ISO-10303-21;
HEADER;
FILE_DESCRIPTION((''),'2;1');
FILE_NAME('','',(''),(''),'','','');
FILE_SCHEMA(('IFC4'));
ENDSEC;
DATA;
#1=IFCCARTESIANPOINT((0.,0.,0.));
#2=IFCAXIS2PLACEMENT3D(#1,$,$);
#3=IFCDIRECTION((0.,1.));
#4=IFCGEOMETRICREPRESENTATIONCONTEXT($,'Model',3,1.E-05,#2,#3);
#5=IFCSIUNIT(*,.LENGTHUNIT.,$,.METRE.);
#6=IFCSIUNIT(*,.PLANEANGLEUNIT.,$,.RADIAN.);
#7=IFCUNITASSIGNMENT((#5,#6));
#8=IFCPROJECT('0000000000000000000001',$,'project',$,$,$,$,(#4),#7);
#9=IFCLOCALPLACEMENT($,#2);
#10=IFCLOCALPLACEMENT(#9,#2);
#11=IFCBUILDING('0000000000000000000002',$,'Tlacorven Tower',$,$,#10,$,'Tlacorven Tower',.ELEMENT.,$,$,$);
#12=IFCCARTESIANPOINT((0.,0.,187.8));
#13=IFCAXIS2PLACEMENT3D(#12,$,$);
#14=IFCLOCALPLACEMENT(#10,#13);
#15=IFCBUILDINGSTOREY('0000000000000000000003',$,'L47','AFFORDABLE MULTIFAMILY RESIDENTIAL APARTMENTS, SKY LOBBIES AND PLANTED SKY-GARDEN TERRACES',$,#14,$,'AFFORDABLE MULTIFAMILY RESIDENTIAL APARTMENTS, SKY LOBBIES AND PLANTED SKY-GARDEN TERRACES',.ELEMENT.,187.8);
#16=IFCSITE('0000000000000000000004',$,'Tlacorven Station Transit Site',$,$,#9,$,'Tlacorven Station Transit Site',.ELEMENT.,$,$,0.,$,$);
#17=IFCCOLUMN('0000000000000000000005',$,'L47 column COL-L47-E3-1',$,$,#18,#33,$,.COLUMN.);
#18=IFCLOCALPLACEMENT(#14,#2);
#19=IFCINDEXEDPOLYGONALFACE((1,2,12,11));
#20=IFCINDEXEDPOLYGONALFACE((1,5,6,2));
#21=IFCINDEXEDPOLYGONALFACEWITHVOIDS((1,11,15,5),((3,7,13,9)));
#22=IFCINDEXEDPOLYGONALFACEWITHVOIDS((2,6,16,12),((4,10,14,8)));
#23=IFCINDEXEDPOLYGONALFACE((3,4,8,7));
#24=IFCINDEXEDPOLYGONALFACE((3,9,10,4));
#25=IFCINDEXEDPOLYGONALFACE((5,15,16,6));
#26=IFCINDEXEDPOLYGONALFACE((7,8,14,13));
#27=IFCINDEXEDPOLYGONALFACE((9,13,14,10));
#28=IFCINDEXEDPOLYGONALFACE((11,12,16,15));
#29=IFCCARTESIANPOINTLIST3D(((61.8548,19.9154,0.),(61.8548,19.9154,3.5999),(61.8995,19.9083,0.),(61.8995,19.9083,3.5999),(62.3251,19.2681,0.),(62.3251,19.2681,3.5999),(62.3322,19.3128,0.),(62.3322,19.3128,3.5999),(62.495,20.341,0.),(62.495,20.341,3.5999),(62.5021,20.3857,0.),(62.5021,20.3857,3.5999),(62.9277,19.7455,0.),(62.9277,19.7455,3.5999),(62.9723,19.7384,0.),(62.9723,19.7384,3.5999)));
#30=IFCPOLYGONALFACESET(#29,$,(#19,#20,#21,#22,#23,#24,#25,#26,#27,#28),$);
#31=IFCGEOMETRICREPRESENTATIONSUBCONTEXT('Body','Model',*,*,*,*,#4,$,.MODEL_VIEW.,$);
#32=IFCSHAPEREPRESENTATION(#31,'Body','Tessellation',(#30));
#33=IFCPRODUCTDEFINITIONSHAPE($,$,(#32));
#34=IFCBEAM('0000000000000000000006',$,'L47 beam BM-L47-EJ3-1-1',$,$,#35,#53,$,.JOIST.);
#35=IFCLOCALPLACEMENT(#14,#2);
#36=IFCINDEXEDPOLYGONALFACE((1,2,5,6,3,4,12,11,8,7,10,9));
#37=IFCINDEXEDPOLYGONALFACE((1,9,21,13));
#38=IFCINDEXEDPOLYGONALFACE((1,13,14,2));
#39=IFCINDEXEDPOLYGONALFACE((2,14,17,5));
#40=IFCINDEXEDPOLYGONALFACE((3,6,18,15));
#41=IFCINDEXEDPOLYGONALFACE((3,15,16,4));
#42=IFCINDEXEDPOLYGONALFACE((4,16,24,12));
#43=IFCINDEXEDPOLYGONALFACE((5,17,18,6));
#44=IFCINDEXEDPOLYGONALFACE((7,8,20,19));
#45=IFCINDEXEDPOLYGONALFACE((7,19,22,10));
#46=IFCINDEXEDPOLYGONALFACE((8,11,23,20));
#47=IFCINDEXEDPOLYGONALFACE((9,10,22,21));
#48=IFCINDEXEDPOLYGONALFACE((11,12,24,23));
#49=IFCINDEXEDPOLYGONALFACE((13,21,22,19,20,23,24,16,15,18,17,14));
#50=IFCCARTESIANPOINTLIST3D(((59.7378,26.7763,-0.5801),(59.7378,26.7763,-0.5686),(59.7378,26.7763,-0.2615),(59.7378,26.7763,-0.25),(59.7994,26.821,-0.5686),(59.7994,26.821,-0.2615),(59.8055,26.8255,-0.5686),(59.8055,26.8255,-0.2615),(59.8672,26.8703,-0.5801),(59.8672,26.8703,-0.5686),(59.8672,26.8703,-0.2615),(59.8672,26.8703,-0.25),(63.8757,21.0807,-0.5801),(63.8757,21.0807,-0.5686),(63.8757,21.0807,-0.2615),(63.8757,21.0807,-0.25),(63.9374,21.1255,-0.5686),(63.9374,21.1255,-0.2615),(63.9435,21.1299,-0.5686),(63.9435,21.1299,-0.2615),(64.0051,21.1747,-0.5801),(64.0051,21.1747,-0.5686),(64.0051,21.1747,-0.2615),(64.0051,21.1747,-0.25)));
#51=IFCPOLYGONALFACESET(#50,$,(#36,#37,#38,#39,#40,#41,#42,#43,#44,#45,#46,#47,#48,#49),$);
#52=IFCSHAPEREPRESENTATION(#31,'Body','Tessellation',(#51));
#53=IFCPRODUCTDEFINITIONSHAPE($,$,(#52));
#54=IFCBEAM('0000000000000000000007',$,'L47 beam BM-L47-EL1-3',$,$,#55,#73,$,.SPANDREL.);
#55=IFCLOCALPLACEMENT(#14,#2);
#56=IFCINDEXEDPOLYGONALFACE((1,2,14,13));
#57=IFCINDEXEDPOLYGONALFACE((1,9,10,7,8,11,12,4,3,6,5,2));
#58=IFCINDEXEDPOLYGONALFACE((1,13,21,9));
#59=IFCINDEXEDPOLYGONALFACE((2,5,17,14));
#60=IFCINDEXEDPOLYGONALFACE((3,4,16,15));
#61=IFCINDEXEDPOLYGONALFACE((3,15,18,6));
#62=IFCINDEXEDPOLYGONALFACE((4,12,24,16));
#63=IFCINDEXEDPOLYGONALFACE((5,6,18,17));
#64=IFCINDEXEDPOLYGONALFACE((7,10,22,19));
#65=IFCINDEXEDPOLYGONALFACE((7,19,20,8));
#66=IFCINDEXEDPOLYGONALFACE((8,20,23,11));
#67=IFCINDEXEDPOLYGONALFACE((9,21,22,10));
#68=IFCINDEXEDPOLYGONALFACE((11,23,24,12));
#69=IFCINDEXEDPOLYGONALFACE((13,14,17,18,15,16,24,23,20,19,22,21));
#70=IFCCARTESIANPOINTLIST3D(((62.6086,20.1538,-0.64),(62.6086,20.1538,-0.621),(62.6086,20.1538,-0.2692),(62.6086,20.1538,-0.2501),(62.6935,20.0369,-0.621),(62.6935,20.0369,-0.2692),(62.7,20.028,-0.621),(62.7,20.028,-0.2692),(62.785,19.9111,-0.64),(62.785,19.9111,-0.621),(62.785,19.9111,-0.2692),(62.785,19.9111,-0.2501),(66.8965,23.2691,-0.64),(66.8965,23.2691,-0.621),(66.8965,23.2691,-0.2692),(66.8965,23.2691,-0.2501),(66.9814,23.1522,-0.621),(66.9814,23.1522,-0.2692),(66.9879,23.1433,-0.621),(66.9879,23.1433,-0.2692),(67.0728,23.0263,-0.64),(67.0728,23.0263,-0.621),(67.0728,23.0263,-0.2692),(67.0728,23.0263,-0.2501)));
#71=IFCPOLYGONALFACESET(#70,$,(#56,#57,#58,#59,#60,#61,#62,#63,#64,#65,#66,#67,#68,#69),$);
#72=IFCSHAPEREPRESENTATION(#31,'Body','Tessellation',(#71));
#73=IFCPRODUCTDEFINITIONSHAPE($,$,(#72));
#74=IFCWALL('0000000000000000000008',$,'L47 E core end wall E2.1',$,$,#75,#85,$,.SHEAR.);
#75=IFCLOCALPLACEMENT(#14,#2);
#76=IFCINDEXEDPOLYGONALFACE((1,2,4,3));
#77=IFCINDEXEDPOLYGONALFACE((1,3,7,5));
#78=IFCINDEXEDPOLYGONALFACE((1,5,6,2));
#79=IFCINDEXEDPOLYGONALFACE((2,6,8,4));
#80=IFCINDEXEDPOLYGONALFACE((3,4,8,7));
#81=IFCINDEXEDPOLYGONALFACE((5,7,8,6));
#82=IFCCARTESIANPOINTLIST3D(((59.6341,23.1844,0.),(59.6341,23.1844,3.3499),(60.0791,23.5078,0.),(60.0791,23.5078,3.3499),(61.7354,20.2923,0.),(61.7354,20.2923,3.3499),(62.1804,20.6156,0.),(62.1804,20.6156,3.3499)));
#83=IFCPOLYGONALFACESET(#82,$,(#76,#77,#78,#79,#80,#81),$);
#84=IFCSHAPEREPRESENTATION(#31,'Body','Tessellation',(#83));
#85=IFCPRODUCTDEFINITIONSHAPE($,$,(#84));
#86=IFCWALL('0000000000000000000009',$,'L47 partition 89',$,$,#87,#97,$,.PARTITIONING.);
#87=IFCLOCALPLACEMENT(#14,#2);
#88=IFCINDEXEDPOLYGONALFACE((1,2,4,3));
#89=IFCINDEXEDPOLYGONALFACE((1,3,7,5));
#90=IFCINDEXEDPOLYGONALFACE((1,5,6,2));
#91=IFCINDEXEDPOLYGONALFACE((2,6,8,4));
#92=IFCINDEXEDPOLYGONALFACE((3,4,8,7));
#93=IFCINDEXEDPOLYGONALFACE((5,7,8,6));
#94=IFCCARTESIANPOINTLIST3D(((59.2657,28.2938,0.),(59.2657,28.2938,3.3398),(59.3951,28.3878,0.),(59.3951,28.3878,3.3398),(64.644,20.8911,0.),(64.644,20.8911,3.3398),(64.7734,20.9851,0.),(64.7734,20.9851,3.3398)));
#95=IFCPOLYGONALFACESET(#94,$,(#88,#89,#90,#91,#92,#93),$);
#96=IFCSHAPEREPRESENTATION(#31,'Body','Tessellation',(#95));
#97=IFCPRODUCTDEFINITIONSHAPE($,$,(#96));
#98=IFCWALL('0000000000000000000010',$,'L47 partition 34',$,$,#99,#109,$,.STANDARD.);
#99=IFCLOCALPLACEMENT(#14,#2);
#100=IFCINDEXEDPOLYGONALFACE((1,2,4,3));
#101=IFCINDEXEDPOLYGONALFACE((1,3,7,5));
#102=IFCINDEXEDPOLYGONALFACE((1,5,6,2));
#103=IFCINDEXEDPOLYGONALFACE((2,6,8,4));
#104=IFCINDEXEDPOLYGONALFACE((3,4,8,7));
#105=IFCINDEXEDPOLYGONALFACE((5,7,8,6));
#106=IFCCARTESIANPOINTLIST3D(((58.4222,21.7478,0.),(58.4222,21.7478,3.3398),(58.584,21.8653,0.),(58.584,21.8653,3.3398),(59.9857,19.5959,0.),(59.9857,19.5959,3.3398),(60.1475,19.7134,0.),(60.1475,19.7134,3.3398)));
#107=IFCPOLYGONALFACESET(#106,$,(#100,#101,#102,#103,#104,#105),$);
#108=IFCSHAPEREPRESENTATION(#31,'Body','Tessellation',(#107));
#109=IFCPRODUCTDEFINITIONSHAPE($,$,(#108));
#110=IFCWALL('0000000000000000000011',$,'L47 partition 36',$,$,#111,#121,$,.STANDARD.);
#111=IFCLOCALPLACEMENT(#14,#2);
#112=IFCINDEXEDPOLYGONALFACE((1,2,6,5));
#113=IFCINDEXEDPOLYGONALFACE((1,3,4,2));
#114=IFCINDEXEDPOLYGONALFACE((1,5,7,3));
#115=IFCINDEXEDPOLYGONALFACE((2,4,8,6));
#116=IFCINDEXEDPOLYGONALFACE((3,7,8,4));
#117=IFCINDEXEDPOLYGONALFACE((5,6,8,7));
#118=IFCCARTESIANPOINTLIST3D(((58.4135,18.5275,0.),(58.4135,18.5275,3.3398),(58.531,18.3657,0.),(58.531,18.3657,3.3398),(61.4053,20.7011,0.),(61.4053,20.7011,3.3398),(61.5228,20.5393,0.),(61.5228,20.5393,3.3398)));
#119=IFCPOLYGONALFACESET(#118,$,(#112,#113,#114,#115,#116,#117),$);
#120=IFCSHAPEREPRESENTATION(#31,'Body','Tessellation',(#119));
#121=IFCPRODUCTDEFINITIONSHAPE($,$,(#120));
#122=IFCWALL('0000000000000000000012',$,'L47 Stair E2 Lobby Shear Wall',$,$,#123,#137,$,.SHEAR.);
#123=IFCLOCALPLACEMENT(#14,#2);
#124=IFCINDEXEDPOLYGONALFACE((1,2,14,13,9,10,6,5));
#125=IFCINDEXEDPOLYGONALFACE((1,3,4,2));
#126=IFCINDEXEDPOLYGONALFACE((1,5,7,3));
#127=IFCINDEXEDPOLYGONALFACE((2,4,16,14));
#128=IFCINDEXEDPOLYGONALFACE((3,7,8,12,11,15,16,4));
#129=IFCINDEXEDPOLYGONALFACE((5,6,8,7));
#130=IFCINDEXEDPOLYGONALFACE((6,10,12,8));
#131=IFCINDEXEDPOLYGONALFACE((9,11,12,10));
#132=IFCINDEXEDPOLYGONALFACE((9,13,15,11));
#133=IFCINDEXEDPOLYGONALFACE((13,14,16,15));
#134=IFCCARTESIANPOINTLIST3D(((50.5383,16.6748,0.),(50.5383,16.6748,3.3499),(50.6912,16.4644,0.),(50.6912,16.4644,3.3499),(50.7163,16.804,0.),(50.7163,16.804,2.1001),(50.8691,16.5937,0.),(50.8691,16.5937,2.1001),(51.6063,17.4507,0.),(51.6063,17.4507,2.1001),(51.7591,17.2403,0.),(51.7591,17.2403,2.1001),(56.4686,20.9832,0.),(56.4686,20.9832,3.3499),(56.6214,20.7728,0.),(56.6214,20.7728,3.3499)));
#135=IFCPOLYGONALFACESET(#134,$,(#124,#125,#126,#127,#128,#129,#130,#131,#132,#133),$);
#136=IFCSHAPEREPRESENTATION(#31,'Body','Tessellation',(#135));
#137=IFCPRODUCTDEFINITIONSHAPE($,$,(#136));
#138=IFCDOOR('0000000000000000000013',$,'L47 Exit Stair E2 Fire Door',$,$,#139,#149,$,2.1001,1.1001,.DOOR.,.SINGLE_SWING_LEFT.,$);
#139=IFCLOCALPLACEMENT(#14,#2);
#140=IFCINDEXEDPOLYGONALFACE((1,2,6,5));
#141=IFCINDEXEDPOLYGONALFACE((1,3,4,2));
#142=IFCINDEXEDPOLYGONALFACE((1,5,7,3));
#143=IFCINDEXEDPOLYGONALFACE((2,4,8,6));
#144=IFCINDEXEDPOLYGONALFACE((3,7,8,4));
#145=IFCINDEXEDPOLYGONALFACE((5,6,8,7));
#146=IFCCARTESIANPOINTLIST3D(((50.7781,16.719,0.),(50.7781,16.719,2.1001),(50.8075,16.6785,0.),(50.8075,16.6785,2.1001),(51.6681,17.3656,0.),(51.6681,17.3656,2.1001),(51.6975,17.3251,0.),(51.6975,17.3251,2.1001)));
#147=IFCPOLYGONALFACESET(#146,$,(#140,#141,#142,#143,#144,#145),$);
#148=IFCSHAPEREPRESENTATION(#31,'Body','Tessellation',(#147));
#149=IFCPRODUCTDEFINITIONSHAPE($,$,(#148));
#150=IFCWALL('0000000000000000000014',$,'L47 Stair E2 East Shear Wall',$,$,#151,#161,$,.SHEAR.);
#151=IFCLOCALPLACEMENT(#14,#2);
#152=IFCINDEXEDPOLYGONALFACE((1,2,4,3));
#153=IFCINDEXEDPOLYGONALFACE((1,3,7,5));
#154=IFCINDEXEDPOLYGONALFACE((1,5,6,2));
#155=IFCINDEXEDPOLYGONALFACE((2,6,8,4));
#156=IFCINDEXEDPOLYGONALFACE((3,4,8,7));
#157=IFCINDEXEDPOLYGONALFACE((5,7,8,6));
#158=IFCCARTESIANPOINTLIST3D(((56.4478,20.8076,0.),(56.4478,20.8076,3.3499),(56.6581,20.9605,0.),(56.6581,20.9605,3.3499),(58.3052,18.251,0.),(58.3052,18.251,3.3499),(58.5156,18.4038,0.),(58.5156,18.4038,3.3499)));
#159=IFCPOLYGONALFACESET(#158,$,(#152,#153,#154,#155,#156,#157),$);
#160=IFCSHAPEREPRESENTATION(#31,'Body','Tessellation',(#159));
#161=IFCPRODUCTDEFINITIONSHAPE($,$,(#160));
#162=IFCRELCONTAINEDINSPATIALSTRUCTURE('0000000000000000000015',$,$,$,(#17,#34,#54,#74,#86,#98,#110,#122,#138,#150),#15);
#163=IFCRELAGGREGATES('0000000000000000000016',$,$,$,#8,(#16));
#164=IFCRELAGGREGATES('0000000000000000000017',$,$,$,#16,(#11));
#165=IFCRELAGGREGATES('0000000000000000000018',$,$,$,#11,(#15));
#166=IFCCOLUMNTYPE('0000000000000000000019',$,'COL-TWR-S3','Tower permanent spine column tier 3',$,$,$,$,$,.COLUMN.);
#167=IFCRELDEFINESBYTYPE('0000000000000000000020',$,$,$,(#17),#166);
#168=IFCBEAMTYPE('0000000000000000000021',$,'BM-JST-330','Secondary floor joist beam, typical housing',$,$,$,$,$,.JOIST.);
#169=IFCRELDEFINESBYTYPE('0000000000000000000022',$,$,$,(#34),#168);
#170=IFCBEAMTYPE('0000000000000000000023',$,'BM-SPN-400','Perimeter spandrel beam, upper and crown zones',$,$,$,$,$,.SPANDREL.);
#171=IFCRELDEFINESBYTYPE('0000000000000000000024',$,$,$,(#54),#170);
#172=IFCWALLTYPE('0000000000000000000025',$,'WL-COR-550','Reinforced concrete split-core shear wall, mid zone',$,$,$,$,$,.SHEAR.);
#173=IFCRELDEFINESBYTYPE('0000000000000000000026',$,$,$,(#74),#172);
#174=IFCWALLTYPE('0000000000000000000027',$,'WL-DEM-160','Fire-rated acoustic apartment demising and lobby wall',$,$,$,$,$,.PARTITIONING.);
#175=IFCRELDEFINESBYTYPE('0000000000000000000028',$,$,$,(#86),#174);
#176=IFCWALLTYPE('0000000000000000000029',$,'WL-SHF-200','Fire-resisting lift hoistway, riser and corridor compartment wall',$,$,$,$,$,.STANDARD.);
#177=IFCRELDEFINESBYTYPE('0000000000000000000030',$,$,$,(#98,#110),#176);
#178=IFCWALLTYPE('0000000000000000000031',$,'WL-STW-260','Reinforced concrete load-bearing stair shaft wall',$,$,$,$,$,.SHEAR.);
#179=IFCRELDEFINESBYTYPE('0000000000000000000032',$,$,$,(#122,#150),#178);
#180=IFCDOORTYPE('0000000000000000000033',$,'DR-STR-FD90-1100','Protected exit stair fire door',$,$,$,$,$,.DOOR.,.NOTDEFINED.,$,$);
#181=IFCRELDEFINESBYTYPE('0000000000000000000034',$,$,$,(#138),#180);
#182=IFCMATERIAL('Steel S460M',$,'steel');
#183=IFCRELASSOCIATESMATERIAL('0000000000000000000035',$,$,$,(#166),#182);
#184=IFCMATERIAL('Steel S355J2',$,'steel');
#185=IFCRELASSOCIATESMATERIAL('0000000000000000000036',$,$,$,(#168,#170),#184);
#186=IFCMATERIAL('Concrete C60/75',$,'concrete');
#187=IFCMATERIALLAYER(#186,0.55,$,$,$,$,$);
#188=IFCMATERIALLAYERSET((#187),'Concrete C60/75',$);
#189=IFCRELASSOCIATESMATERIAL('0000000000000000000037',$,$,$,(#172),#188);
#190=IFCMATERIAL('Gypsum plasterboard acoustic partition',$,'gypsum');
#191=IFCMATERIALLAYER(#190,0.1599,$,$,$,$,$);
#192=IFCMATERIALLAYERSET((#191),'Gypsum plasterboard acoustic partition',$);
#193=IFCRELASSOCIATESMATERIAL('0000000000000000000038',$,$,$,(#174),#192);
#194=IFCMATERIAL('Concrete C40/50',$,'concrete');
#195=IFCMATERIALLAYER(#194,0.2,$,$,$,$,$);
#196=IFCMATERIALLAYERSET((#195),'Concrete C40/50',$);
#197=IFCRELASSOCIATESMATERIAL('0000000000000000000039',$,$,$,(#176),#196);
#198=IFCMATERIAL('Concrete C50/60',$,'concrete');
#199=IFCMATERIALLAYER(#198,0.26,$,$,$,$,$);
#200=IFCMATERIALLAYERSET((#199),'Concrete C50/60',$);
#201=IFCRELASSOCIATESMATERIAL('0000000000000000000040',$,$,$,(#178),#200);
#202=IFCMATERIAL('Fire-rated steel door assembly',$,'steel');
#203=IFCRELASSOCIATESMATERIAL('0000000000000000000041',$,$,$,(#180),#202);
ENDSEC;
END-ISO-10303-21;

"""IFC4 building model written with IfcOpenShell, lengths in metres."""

from ifc_helpers import new_model, si_unit, direction, frame, frame_2d, origin, origin_2d, place, context, subcontext, project, spatial, rectangle, hollow_rectangle, i_section, extrude, source, transform, mapped, material, layer, layer_set, material_profile, profile_set, type_object, element, fill, save


model = new_model("IFC4")

# Units and contexts
model_context = context("Model", 3, precision=1e-05, world=origin(), true_north=direction((0.0, 1.0)))
body_context = subcontext(model_context, "Body", "Model", "MODEL_VIEW")
ifc_project = project(units=[si_unit("LENGTHUNIT", "METRE"), si_unit("PLANEANGLEUNIT", "RADIAN")], contexts=[model_context])

# Site, building, storey
site_placement = place(None, origin())
site = spatial("IfcSite", under=ifc_project, at=site_placement, Name="Tlacorven Station Transit Site", LongName="Tlacorven Station Transit Site", CompositionType="ELEMENT", RefElevation=0.0)
building_placement = place(site_placement, origin())
building = spatial("IfcBuilding", under=site, at=building_placement, Name="Tlacorven Tower", LongName="Tlacorven Tower", CompositionType="ELEMENT")
storey_placement = place(building_placement, frame((0.0, 0.0, 187.8)))
storey = spatial("IfcBuildingStorey", under=building, at=storey_placement, Name="L47", Description="AFFORDABLE MULTIFAMILY RESIDENTIAL APARTMENTS, SKY LOBBIES AND PLANTED SKY-GARDEN TERRACES", LongName="AFFORDABLE MULTIFAMILY RESIDENTIAL APARTMENTS, SKY LOBBIES AND PLANTED SKY-GARDEN TERRACES", CompositionType="ELEMENT", Elevation=187.8)

# Column
ifc_material_1 = material(Name="Steel S460M", Category="steel")
ifc_material_profile_1 = material_profile(ifc_material_1, hollow_rectangle(XDim=0.8, YDim=0.8, WallThickness=0.032, at=origin_2d()), Name="BOX 800X800X32")
ifc_profile_set_1 = profile_set([ifc_material_profile_1], Name="Steel S460M")
column_type = type_object("IfcColumnType", Name="COL-TWR-S3", Description="Tower permanent spine column tier 3", PredefinedType="COLUMN", material=ifc_profile_set_1)
shared_shape_1 = source(origin(), body_context, "Body", "SweptSolid", [
    extrude(hollow_rectangle(XDim=0.8, YDim=0.8, WallThickness=0.032, at=origin_2d()), origin(), (0.0, 0.0, 1.0), 3.5999),
])
column_placement = place(storey_placement, frame((62.4136, 19.8269, 0.0), z_axis=(0.0, 0.0, 1.0), x_axis=(0.809017, 0.587785, 0.0)))
element("IfcColumn", 1, at=column_placement, inside=storey, type_object=column_type, Name="L47 column COL-L47-E3-1", PredefinedType="COLUMN", context=body_context, shape_type="MappedRepresentation", body=[
    mapped(shared_shape_1, transform((0.0, 0.0, 0.0), scale=1.0)),
])

# Beams
ifc_material_2 = material(Name="Steel S355J2", Category="steel")
ifc_material_profile_2 = material_profile(ifc_material_2, i_section(OverallWidth=0.1599, OverallDepth=0.3301, WebThickness=0.0076, FlangeThickness=0.0115, at=origin_2d()), Name="IPE 330")
ifc_profile_set_2 = profile_set([ifc_material_profile_2], Name="Steel S355J2")
beam_type_1 = type_object("IfcBeamType", Name="BM-JST-330", Description="Secondary floor joist beam, typical housing", PredefinedType="JOIST", material=ifc_profile_set_2)
shared_shape_2 = source(origin(), body_context, "Body", "SweptSolid", [
    extrude(i_section(OverallWidth=0.1599, OverallDepth=0.3301, WebThickness=0.0076, FlangeThickness=0.0115, at=origin_2d()), origin(), (0.0, 0.0, 1.0), 7.04),
])
beam_1_placement = place(storey_placement, frame((63.9404, 21.1277, -0.415), z_axis=(-0.587774, 0.809025, 0.0), x_axis=(-0.809025, -0.587774, 0.0)))
element("IfcBeam", 2, at=beam_1_placement, inside=storey, type_object=beam_type_1, Name="L47 beam BM-L47-EJ3-1-1", PredefinedType="JOIST", context=body_context, shape_type="MappedRepresentation", body=[
    mapped(shared_shape_2, transform((0.0, 0.0, 0.0), scale=1.0)),
])
ifc_material_profile_3 = material_profile(ifc_material_2, i_section(OverallWidth=0.3, OverallDepth=0.3899, WebThickness=0.011, FlangeThickness=0.019, at=origin_2d()), Name="HEA 400")
ifc_profile_set_3 = profile_set([ifc_material_profile_3], Name="Steel S355J2")
beam_type_2 = type_object("IfcBeamType", Name="BM-SPN-400", Description="Perimeter spandrel beam, upper and crown zones", PredefinedType="SPANDREL", material=ifc_profile_set_3)
shared_shape_3 = source(origin(), body_context, "Body", "SweptSolid", [
    extrude(i_section(OverallWidth=0.3, OverallDepth=0.3899, WebThickness=0.011, FlangeThickness=0.019, at=origin_2d()), origin(), (0.0, 0.0, 1.0), 5.3),
])
beam_2_placement = place(storey_placement, frame((62.6968, 20.0325, -0.4451), z_axis=(0.809023, 0.587777, 0.0), x_axis=(-0.587777, 0.809023, 0.0)))
element("IfcBeam", 3, at=beam_2_placement, inside=storey, type_object=beam_type_2, Name="L47 beam BM-L47-EL1-3", PredefinedType="SPANDREL", context=body_context, shape_type="MappedRepresentation", body=[
    mapped(shared_shape_3, transform((0.0, 0.0, 0.0), scale=1.0)),
])

# Walls
ifc_material_3 = material(Name="Concrete C60/75", Category="concrete")
ifc_layer_1 = layer(ifc_material_3, 0.55)
ifc_layer_set_1 = layer_set([ifc_layer_1], Name="Concrete C60/75")
wall_type_1 = type_object("IfcWallType", Name="WL-COR-550", Description="Reinforced concrete split-core shear wall, mid zone", PredefinedType="SHEAR", material=ifc_layer_set_1)
wall_1_placement = place(storey_placement, frame((61.958, 20.4539, 0.0), z_axis=(0.0, 0.0, 1.0), x_axis=(-0.587802, 0.809005, 0.0)))
element("IfcWall", 4, at=wall_1_placement, inside=storey, type_object=wall_type_1, Name="L47 E core end wall E2.1", PredefinedType="SHEAR", context=body_context, shape_type="SweptSolid", body=[
    extrude(rectangle(XDim=3.575, YDim=0.55, at=frame_2d((1.7876, 0.0))), origin(), (0.0, 0.0, 1.0), 3.3499),
])
ifc_material_4 = material(Name="Gypsum plasterboard acoustic partition", Category="gypsum")
ifc_layer_2 = layer(ifc_material_4, 0.1599)
ifc_layer_set_2 = layer_set([ifc_layer_2], Name="Gypsum plasterboard acoustic partition")
wall_type_2 = type_object("IfcWallType", Name="WL-DEM-160", Description="Fire-rated acoustic apartment demising and lobby wall", PredefinedType="PARTITIONING", material=ifc_layer_set_2)
wall_2_placement = place(storey_placement, frame((64.7087, 20.938, 0.0), z_axis=(0.0, 0.0, 1.0), x_axis=(-0.587777, 0.809023, 0.0)))
element("IfcWall", 5, at=wall_2_placement, inside=storey, type_object=wall_type_2, Name="L47 partition 89", PredefinedType="PARTITIONING", context=body_context, shape_type="SweptSolid", body=[
    extrude(rectangle(XDim=9.1501, YDim=0.1599, at=frame_2d((4.5752, 0.0))), origin(), (0.0, 0.0, 1.0), 3.3398),
])

# Shared definitions
ifc_material_5 = material(Name="Concrete C40/50", Category="concrete")
ifc_layer_3 = layer(ifc_material_5, 0.2)
ifc_layer_set_3 = layer_set([ifc_layer_3], Name="Concrete C40/50")
wall_type_3 = type_object("IfcWallType", Name="WL-SHF-200", Description="Fire-resisting lift hoistway, riser and corridor compartment wall", PredefinedType="STANDARD", material=ifc_layer_set_3)
ifc_material_6 = material(Name="Fire-rated steel door assembly", Category="steel")

# Walls
wall_3_placement = place(storey_placement, frame((60.0667, 19.6545, 0.0), z_axis=(0.0, 0.0, 1.0), x_axis=(-0.587801, 0.809006, 0.0)))
element("IfcWall", 6, at=wall_3_placement, inside=storey, type_object=wall_type_3, Name="L47 partition 34", PredefinedType="STANDARD", context=body_context, shape_type="SweptSolid", body=[
    extrude(rectangle(XDim=2.6599, YDim=0.2, at=frame_2d((1.3301, 0.0))), origin(), (0.0, 0.0, 1.0), 3.3398),
])
wall_4_placement = place(storey_placement, frame((58.4722, 18.4465, 0.0), z_axis=(0.0, 0.0, 1.0), x_axis=(0.809019, 0.587783, 0.0)))
element("IfcWall", 7, at=wall_4_placement, inside=storey, type_object=wall_type_3, Name="L47 partition 36", PredefinedType="STANDARD", context=body_context, shape_type="SweptSolid", body=[
    extrude(rectangle(XDim=3.698, YDim=0.2, at=frame_2d((1.8491, 0.0))), origin(), (0.0, 0.0, 1.0), 3.3398),
])

# Wall, opening, door
ifc_material_7 = material(Name="Concrete C50/60", Category="concrete")
ifc_layer_4 = layer(ifc_material_7, 0.26)
ifc_layer_set_4 = layer_set([ifc_layer_4], Name="Concrete C50/60")
wall_type_4 = type_object("IfcWallType", Name="WL-STW-260", Description="Reinforced concrete load-bearing stair shaft wall", PredefinedType="SHEAR", material=ifc_layer_set_4)
wall_5_placement = place(storey_placement, frame((50.6147, 16.5696, 0.0), z_axis=(0.0, 0.0, 1.0), x_axis=(0.809028, 0.58777, 0.0)))
wall_5 = element("IfcWall", 8, at=wall_5_placement, inside=storey, type_object=wall_type_4, Name="L47 Stair E2 Lobby Shear Wall", PredefinedType="SHEAR", context=body_context, shape_type="SweptSolid", body=[
    extrude(rectangle(XDim=7.3301, YDim=0.26, at=frame_2d((3.665, 0.0))), origin(), (0.0, 0.0, 1.0), 3.3499),
])
opening_1_placement = place(wall_5_placement, frame((0.22, 0.0, 0.0)))
opening_1 = element("IfcOpeningElement", 9, at=opening_1_placement, cuts=wall_5, PredefinedType="OPENING", context=body_context, shape_type="SweptSolid", body=[
    extrude(rectangle(XDim=1.1001, YDim=2.1001, at=frame_2d((0.55, 1.05))), frame((0.0, 0.1401, 0.0), z_axis=(0.0, -1.0, 0.0), x_axis=(1.0, 0.0, 0.0)), (0.0, 0.0, 1.0), 0.28),
])
door_type_1 = type_object("IfcDoorType", Name="DR-STR-FD90-1100", Description="Protected exit stair fire door", OperationType="NOTDEFINED", PredefinedType="DOOR", material=ifc_material_6)
shared_shape_4 = source(origin(), body_context, "Body", "SweptSolid", [
    extrude(rectangle(XDim=1.1001, YDim=2.1001, at=frame_2d((0.55, 1.05))), frame((0.0, 0.0249, 0.0), z_axis=(0.0, -1.0, 0.0), x_axis=(1.0, 0.0, 0.0)), (0.0, 0.0, 1.0), 0.05),
])
door_1_placement = place(opening_1_placement, origin())
door_1 = element("IfcDoor", 10, at=door_1_placement, inside=storey, type_object=door_type_1, Name="L47 Exit Stair E2 Fire Door", OperationType="SINGLE_SWING_LEFT", OverallHeight=2.1001, OverallWidth=1.1001, PredefinedType="DOOR", context=body_context, shape_type="MappedRepresentation", body=[
    mapped(shared_shape_4, transform((0.0, 0.0, 0.0), scale=1.0)),
])
fill(opening_1, door_1)

# Wall
wall_6_placement = place(storey_placement, frame((58.4104, 18.3274, 0.0), z_axis=(0.0, 0.0, 1.0), x_axis=(-0.587767, 0.80903, 0.0)))
element("IfcWall", 11, at=wall_6_placement, inside=storey, type_object=wall_type_4, Name="L47 Stair E2 East Shear Wall", PredefinedType="SHEAR", context=body_context, shape_type="SweptSolid", body=[
    extrude(rectangle(XDim=3.1602, YDim=0.26, at=frame_2d((1.5801, 0.0))), origin(), (0.0, 0.0, 1.0), 3.3499),
])

save(model, "model.ifc")
